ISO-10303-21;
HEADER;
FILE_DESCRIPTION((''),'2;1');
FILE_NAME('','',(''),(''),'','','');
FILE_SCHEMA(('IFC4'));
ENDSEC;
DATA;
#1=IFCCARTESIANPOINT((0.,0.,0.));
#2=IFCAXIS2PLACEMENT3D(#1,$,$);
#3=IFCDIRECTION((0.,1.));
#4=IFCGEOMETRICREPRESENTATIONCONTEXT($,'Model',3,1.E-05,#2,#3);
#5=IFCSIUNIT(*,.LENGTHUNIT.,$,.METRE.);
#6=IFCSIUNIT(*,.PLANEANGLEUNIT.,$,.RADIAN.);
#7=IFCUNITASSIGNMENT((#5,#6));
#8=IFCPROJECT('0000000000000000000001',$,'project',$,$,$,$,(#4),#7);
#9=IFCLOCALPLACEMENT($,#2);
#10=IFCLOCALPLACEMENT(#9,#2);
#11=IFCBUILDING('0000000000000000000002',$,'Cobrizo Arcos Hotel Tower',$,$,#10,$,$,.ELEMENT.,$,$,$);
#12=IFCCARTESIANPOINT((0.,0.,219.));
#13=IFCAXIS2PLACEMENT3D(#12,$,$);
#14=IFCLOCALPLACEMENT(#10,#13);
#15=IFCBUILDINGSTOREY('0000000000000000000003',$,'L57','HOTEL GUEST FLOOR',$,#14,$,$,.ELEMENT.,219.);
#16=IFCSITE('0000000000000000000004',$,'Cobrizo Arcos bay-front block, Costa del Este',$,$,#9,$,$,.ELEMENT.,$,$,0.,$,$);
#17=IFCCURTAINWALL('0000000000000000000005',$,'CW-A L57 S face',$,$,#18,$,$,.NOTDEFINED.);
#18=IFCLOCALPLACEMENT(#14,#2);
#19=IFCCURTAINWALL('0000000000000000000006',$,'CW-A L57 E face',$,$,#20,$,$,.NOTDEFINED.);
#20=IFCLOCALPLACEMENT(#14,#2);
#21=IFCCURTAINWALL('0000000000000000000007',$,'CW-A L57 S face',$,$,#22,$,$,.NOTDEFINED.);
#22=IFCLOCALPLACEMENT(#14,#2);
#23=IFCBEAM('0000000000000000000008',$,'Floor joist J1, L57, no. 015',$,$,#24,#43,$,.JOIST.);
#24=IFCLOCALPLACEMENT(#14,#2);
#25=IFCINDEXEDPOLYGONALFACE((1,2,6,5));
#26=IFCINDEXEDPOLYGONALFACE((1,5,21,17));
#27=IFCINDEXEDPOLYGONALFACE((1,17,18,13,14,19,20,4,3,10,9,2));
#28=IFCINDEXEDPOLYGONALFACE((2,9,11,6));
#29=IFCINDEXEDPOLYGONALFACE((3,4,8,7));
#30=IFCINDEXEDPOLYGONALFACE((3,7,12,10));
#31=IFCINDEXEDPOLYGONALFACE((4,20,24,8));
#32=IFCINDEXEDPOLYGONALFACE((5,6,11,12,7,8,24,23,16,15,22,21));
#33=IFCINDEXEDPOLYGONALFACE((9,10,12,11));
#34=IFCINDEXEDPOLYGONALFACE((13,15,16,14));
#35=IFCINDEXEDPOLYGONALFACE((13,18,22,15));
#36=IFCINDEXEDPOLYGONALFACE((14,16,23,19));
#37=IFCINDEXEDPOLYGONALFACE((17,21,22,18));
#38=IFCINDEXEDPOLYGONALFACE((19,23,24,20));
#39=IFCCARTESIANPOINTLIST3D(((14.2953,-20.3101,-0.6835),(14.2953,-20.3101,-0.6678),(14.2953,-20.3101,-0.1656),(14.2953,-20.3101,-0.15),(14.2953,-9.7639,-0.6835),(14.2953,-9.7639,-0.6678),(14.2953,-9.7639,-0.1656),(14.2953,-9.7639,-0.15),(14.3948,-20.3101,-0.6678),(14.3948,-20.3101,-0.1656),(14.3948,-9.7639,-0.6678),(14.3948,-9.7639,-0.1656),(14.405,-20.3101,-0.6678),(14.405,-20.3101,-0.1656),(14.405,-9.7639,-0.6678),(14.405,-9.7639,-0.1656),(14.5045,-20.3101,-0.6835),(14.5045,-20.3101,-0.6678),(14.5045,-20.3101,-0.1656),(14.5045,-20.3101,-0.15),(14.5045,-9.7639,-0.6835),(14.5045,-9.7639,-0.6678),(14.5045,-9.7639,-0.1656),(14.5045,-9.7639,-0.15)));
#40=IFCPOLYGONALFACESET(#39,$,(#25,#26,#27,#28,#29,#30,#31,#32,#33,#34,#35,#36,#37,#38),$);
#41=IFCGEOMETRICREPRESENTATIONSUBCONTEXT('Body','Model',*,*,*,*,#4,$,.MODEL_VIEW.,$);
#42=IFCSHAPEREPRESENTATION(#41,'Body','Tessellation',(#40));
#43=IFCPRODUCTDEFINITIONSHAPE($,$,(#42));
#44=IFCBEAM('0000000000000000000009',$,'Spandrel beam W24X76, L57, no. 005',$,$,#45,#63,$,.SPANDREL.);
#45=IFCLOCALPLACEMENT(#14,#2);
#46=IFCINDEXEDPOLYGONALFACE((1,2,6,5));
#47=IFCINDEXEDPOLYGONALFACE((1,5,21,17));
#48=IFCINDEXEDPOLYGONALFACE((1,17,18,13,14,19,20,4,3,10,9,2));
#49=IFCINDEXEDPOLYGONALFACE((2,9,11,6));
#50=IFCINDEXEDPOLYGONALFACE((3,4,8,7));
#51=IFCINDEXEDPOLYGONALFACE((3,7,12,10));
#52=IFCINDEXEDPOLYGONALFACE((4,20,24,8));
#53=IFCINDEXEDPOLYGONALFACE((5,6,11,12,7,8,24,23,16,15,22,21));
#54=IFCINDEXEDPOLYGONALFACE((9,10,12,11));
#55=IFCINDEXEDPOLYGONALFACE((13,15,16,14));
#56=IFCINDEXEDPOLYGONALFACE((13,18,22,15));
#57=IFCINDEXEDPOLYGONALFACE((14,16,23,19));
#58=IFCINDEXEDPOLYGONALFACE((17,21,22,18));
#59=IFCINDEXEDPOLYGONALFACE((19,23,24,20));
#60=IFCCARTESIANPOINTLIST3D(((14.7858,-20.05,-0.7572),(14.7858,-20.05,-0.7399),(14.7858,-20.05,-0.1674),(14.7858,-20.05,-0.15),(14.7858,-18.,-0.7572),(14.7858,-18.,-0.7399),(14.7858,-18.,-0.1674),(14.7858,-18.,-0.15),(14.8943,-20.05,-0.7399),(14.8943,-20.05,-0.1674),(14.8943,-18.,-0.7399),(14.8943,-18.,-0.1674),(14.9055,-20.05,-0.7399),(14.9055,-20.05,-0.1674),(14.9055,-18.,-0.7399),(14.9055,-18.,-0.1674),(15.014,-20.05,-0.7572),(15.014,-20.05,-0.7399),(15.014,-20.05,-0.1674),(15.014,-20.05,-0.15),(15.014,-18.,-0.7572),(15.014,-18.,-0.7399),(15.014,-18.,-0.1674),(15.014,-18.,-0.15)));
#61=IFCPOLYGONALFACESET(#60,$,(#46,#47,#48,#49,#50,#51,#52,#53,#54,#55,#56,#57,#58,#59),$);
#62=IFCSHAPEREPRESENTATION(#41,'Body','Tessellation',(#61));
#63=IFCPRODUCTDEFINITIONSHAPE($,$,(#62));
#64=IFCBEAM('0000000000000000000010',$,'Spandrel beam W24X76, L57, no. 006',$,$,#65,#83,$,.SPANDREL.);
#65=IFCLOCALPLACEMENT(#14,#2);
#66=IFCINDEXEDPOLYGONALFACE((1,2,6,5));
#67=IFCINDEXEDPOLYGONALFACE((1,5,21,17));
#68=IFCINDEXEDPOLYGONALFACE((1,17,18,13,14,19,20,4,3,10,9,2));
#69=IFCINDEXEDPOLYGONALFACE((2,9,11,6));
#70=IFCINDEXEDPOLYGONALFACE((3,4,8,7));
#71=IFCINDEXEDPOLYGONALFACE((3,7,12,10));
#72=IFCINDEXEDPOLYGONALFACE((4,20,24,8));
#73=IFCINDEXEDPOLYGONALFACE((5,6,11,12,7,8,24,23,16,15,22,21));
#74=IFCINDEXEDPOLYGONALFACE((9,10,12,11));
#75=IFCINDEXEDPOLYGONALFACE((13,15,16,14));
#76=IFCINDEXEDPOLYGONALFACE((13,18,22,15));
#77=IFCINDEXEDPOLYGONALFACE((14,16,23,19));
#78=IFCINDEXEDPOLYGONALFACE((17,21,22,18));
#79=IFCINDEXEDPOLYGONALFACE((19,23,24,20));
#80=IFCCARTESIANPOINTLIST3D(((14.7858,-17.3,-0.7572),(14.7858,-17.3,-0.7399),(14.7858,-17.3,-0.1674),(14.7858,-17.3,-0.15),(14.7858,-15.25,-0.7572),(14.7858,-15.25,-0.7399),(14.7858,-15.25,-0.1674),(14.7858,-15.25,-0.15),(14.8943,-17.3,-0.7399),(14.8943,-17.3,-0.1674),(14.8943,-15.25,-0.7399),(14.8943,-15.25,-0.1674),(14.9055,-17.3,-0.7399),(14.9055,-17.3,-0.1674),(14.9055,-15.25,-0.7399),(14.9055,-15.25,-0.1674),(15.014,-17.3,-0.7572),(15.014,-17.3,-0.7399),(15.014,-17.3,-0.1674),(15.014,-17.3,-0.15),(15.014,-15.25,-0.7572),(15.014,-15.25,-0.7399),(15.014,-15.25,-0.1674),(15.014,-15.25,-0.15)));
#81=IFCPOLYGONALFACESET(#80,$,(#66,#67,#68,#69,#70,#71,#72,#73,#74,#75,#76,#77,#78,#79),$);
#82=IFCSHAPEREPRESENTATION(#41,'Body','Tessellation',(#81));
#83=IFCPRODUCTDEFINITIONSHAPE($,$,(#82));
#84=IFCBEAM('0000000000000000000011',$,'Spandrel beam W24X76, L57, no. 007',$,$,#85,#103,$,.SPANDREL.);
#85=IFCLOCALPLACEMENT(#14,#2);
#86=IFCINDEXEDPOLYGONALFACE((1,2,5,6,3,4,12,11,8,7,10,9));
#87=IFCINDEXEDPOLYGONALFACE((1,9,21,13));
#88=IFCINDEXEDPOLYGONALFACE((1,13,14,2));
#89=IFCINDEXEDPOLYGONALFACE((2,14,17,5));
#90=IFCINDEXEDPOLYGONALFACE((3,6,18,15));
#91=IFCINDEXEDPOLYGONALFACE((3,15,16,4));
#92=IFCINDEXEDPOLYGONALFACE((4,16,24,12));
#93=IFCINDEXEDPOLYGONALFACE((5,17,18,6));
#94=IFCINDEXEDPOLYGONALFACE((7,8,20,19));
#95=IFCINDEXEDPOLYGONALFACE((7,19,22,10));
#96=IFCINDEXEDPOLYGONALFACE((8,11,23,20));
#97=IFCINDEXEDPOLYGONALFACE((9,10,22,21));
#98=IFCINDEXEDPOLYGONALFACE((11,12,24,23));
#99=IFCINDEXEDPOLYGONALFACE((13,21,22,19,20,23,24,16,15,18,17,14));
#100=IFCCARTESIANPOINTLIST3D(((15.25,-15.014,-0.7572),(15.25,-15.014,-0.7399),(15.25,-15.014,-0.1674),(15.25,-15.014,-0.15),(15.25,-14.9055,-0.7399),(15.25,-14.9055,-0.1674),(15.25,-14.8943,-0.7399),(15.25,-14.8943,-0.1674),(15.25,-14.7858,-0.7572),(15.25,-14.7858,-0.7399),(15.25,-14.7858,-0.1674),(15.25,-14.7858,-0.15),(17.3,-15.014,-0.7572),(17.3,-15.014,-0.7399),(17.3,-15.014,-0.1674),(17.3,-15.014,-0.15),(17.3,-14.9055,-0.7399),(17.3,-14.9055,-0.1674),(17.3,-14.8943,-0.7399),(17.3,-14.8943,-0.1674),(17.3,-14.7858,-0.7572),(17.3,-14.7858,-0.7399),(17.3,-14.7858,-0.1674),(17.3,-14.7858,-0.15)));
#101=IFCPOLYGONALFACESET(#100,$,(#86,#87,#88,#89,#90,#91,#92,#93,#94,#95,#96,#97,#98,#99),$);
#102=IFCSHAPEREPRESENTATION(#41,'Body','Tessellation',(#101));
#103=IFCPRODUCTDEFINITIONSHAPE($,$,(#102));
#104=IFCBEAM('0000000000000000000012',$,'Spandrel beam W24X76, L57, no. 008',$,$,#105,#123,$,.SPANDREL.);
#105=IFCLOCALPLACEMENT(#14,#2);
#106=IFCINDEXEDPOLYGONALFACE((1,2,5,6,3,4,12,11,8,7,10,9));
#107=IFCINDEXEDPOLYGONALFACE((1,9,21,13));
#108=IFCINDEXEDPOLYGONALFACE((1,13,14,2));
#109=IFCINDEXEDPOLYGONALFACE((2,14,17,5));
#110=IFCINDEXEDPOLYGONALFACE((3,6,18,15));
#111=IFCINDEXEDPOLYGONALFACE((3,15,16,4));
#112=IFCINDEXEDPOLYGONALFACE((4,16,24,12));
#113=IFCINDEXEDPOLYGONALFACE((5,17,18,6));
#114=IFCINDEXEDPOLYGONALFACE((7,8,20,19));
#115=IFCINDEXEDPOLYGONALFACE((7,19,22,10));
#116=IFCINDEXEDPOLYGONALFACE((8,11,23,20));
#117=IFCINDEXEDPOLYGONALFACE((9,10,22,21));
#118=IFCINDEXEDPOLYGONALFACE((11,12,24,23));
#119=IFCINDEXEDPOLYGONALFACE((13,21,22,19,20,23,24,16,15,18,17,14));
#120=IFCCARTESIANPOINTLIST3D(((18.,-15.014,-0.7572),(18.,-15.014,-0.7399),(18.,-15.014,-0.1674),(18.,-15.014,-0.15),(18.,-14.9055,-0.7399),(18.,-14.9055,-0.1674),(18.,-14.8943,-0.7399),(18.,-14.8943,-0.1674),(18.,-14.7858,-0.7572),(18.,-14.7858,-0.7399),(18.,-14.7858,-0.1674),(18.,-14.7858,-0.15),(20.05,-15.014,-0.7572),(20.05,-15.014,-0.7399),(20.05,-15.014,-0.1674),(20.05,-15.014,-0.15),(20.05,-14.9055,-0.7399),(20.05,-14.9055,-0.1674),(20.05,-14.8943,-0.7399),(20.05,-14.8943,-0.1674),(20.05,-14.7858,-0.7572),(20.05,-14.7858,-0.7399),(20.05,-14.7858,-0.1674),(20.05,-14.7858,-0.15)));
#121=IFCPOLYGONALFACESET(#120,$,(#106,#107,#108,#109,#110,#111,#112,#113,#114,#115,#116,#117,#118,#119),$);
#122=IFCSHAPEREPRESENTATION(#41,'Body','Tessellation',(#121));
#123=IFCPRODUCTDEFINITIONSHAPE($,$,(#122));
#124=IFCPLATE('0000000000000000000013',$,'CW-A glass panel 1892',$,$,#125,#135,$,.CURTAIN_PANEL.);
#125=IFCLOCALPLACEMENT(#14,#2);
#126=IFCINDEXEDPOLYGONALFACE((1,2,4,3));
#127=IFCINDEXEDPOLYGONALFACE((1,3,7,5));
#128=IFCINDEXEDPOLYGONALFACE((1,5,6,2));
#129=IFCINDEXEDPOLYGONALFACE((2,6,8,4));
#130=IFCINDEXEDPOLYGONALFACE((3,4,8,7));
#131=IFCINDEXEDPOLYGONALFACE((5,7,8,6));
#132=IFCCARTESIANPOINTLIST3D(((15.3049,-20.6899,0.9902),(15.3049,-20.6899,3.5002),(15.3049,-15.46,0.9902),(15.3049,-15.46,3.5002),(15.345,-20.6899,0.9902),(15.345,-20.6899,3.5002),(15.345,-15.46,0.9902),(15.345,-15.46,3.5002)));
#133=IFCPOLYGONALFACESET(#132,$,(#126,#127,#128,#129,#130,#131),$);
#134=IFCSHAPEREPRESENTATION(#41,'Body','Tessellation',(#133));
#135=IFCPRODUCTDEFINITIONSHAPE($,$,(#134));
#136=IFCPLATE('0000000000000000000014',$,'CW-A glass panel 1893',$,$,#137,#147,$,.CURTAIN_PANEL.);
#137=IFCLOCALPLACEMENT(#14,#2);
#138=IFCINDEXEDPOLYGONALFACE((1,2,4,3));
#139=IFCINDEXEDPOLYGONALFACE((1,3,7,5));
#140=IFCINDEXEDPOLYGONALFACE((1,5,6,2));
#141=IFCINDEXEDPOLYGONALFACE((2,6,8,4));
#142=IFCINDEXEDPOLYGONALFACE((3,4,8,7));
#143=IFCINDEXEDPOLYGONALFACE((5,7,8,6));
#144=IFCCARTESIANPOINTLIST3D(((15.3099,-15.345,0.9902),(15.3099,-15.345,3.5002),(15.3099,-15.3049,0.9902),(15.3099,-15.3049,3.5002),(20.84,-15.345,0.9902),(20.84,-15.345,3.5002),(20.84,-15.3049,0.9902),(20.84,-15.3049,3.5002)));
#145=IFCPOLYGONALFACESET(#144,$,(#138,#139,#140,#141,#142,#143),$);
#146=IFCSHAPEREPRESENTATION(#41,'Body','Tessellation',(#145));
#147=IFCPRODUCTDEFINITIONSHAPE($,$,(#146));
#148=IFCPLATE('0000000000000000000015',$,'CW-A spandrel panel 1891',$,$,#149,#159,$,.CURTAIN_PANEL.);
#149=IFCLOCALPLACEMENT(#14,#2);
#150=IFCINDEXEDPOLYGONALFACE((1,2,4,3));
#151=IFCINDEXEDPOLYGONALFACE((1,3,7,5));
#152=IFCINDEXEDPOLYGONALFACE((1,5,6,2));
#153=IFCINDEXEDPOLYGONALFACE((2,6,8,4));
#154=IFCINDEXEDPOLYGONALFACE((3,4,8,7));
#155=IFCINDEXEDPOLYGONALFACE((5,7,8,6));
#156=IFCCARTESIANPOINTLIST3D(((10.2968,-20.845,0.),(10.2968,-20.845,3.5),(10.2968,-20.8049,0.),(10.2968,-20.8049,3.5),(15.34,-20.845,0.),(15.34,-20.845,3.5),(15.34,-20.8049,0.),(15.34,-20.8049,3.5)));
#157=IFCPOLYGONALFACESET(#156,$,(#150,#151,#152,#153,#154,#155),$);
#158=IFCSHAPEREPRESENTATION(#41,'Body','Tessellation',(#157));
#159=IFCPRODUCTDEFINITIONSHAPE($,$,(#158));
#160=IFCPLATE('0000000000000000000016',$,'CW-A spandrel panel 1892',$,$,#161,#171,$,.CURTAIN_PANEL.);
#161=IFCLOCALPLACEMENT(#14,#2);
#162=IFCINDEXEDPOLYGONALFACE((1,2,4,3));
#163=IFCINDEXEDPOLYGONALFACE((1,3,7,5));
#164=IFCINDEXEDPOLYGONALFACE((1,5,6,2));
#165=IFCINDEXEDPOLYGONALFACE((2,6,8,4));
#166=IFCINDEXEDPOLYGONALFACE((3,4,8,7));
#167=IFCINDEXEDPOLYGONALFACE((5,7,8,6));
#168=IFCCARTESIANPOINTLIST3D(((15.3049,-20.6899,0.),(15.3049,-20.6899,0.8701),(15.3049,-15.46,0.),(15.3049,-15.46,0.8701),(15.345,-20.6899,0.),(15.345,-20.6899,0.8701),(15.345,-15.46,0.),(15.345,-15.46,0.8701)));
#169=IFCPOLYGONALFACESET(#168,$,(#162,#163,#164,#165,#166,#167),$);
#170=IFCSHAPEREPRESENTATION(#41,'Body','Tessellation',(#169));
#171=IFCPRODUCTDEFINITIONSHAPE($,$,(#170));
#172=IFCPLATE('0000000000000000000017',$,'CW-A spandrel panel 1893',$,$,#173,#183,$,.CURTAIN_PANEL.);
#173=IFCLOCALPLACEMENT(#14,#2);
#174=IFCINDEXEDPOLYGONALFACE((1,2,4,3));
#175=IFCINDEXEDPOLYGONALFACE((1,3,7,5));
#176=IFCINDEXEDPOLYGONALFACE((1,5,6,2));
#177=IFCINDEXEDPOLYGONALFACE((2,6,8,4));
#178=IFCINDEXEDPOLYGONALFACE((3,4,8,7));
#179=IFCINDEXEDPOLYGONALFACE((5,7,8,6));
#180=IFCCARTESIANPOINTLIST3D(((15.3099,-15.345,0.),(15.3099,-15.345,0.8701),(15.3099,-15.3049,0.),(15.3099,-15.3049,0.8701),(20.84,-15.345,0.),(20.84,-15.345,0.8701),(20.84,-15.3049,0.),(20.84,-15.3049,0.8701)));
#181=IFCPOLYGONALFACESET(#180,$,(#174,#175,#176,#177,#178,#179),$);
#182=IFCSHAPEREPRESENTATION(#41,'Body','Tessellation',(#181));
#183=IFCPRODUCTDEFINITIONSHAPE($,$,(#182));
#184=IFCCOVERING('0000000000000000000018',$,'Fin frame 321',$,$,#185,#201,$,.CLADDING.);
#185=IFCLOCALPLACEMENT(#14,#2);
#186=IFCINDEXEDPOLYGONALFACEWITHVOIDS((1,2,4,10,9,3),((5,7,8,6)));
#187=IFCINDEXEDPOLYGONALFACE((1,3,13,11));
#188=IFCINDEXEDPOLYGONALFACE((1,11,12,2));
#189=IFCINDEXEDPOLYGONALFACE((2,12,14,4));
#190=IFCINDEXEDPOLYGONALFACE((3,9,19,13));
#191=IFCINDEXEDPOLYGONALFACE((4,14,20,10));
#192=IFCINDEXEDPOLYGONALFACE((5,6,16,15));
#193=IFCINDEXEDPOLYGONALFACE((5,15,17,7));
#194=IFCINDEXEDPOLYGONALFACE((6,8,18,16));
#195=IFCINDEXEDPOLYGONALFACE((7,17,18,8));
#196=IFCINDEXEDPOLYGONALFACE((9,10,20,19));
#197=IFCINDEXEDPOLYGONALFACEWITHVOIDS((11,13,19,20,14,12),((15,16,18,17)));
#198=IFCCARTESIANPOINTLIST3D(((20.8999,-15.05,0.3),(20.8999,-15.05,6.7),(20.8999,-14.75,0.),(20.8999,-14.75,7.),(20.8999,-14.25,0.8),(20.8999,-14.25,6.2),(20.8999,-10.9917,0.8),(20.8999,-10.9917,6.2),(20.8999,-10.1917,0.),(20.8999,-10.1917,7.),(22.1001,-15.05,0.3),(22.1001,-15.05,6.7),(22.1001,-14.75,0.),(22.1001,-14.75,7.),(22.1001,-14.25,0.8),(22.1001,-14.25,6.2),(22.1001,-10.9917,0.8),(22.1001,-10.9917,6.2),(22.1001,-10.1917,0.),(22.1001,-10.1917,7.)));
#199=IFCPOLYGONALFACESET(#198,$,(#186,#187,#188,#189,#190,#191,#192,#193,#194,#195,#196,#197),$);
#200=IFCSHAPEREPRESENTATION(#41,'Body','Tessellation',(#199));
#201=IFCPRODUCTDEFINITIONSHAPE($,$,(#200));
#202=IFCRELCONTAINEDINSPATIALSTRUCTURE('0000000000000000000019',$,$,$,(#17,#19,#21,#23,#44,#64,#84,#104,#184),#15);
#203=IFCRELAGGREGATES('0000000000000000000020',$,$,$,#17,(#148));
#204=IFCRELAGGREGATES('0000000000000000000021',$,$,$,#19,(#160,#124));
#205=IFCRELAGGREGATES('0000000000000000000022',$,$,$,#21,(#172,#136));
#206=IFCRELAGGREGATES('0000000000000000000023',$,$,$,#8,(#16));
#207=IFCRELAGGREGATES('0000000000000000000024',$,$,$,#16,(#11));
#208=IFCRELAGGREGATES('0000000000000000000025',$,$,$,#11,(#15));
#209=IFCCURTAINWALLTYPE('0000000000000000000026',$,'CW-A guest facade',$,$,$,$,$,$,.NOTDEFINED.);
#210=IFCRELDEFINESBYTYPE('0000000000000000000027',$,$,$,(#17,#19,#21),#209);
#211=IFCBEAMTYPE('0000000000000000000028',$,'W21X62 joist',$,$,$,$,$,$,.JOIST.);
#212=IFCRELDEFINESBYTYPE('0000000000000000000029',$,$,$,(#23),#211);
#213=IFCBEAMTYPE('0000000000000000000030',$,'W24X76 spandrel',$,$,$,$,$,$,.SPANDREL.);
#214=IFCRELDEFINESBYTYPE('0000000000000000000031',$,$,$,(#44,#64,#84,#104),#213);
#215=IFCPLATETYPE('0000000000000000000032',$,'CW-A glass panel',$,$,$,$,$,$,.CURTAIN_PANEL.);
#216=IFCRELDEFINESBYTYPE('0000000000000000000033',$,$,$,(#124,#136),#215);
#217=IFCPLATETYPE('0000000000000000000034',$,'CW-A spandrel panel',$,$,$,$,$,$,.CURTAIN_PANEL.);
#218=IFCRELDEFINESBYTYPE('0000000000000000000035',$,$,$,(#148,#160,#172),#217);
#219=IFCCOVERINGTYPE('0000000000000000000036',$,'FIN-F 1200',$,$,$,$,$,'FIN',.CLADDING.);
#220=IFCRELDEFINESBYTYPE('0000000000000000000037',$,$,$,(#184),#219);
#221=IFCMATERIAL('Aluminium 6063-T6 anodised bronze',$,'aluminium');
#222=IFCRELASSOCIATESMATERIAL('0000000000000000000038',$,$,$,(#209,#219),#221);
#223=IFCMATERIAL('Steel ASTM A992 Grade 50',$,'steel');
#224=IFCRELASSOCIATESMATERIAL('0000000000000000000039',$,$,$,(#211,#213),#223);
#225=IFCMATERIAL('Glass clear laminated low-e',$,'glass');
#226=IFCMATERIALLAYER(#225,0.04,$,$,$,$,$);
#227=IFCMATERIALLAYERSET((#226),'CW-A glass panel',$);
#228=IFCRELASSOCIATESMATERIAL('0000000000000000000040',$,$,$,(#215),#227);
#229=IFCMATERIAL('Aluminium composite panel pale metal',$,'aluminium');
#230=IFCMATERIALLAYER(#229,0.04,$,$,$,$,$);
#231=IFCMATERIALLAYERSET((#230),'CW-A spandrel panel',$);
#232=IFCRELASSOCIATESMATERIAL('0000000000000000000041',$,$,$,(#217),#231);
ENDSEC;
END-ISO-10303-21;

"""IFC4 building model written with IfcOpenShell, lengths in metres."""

from ifc_helpers import new_model, si_unit, direction, frame, origin, origin_2d, place, context, subcontext, project, spatial, polyline, rectangle, i_section, outline, extrude, material, layer, layer_set, material_profile, profile_set, type_object, element, aggregate, save


model = new_model("IFC4")

# Units and contexts
model_context = context("Model", 3, precision=1e-05, world=origin(), true_north=direction((0.0, 1.0)))
body_context = subcontext(model_context, "Body", "Model", "MODEL_VIEW")
ifc_project = project(units=[si_unit("LENGTHUNIT", "METRE"), si_unit("PLANEANGLEUNIT", "RADIAN")], contexts=[model_context])

# Site, building, storey
site_placement = place(None, origin())
site = spatial("IfcSite", under=ifc_project, at=site_placement, Name="Cobrizo Arcos bay-front block, Costa del Este", CompositionType="ELEMENT", RefElevation=0.0)
building_placement = place(site_placement, origin())
building = spatial("IfcBuilding", under=site, at=building_placement, Name="Cobrizo Arcos Hotel Tower", CompositionType="ELEMENT")
storey_placement = place(building_placement, frame((0.0, 0.0, 219.0)))
storey = spatial("IfcBuildingStorey", under=building, at=storey_placement, Name="L57", Description="HOTEL GUEST FLOOR", CompositionType="ELEMENT", Elevation=219.0)

# Curtain wall
ifc_material_1 = material(Name="Aluminium 6063-T6 anodised bronze", Category="aluminium")
curtain_wall_type = type_object("IfcCurtainWallType", Name="CW-A guest facade", PredefinedType="NOTDEFINED", material=ifc_material_1)
curtain_wall_1_placement = place(storey_placement, origin())
curtain_wall_1 = element("IfcCurtainWall", 1, at=curtain_wall_1_placement, inside=storey, type_object=curtain_wall_type, Name="CW-A L57 S face", PredefinedType="NOTDEFINED")

# Curtain walls
curtain_wall_2_placement = place(storey_placement, origin())
curtain_wall_2 = element("IfcCurtainWall", 2, at=curtain_wall_2_placement, inside=storey, type_object=curtain_wall_type, Name="CW-A L57 E face", PredefinedType="NOTDEFINED")
curtain_wall_3_placement = place(storey_placement, origin())
curtain_wall_3 = element("IfcCurtainWall", 3, at=curtain_wall_3_placement, inside=storey, type_object=curtain_wall_type, Name="CW-A L57 S face", PredefinedType="NOTDEFINED")

# Beams
ifc_material_2 = material(Name="Steel ASTM A992 Grade 50", Category="steel")
ifc_material_profile_1 = material_profile(ifc_material_2, i_section(OverallWidth=0.2092, OverallDepth=0.5334, WebThickness=0.0103, FlangeThickness=0.0156, at=origin_2d()), Name="W21X62")
ifc_profile_set_1 = profile_set([ifc_material_profile_1], Name="Steel ASTM A992 Grade 50")
beam_type_1 = type_object("IfcBeamType", Name="W21X62 joist", PredefinedType="JOIST", material=ifc_profile_set_1)
beam_placement = place(storey_placement, frame((14.3999, -20.3101, -0.4167), z_axis=(0.0, 1.0, 0.0), x_axis=(-1.0, 0.0, 0.0)))
element("IfcBeam", 4, at=beam_placement, inside=storey, type_object=beam_type_1, Name="Floor joist J1, L57, no. 015", PredefinedType="JOIST", context=body_context, shape_type="SweptSolid", body=[
    extrude(i_section(OverallWidth=0.2092, OverallDepth=0.5334, WebThickness=0.0103, FlangeThickness=0.0156, at=origin_2d()), origin(), (0.0, 0.0, 1.0), 10.5461),
])
ifc_material_profile_2 = material_profile(ifc_material_2, i_section(OverallWidth=0.2283, OverallDepth=0.6072, WebThickness=0.0112, FlangeThickness=0.0173, at=origin_2d()), Name="W24X76")
ifc_profile_set_2 = profile_set([ifc_material_profile_2], Name="Steel ASTM A992 Grade 50")
beam_type_2 = type_object("IfcBeamType", Name="W24X76 spandrel", PredefinedType="SPANDREL", material=ifc_profile_set_2)
for number, where, z_axis, x_axis, name in (
    (5, (14.8999, -20.05, -0.4536), (0.0, 1.0, 0.0), (-1.0, 0.0, 0.0), "Spandrel beam W24X76, L57, no. 005"),
    (6, (14.8999, -17.3, -0.4536), (0.0, 1.0, 0.0), (-1.0, 0.0, 0.0), "Spandrel beam W24X76, L57, no. 006"),
    (7, (15.25, -14.8999, -0.4536), (1.0, 0.0, 0.0), (0.0, 1.0, 0.0), "Spandrel beam W24X76, L57, no. 007"),
    (8, (18.0, -14.8999, -0.4536), (1.0, 0.0, 0.0), (0.0, 1.0, 0.0), "Spandrel beam W24X76, L57, no. 008"),
):
    element("IfcBeam", number, at=place(storey_placement, frame(where, z_axis=z_axis, x_axis=x_axis)), inside=storey, type_object=beam_type_2, Name=name, PredefinedType="SPANDREL", context=body_context, shape_type="SweptSolid", body=[
        extrude(i_section(OverallWidth=0.2283, OverallDepth=0.6072, WebThickness=0.0112, FlangeThickness=0.0173, at=origin_2d()), origin(), (0.0, 0.0, 1.0), 2.05),
    ])

# Plates
ifc_material_3 = material(Name="Glass clear laminated low-e", Category="glass")
ifc_layer_1 = layer(ifc_material_3, 0.04)
ifc_layer_set_1 = layer_set([ifc_layer_1], Name="CW-A glass panel")
plate_type_1 = type_object("IfcPlateType", Name="CW-A glass panel", PredefinedType="CURTAIN_PANEL", material=ifc_layer_set_1)
plate_1_placement = place(storey_placement, frame((15.325, -18.075, 0.9902), z_axis=(0.0, 0.0, 1.0), x_axis=(0.0, 1.0, 0.0)))
plate_1 = element("IfcPlate", 9, at=plate_1_placement, type_object=plate_type_1, Name="CW-A glass panel 1892", PredefinedType="CURTAIN_PANEL", context=body_context, shape_type="SweptSolid", body=[
    extrude(rectangle(XDim=5.23, YDim=0.04, at=origin_2d()), origin(), (0.0, 0.0, 1.0), 2.51),
])
plate_2_placement = place(storey_placement, frame((18.075, -15.325, 0.9902), z_axis=(0.0, 0.0, 1.0), x_axis=(1.0, 0.0, 0.0)))
plate_2 = element("IfcPlate", 10, at=plate_2_placement, type_object=plate_type_1, Name="CW-A glass panel 1893", PredefinedType="CURTAIN_PANEL", context=body_context, shape_type="SweptSolid", body=[
    extrude(rectangle(XDim=5.53, YDim=0.04, at=origin_2d()), origin(), (0.0, 0.0, 1.0), 2.51),
])
ifc_material_4 = material(Name="Aluminium composite panel pale metal", Category="aluminium")
ifc_layer_2 = layer(ifc_material_4, 0.04)
ifc_layer_set_2 = layer_set([ifc_layer_2], Name="CW-A spandrel panel")
plate_type_2 = type_object("IfcPlateType", Name="CW-A spandrel panel", PredefinedType="CURTAIN_PANEL", material=ifc_layer_set_2)
plate_3_placement = place(storey_placement, frame((12.8184, -20.825, 0.0), z_axis=(0.0, 0.0, 1.0), x_axis=(1.0, 0.0, 0.0)))
plate_3 = element("IfcPlate", 11, at=plate_3_placement, type_object=plate_type_2, Name="CW-A spandrel panel 1891", PredefinedType="CURTAIN_PANEL", context=body_context, shape_type="SweptSolid", body=[
    extrude(rectangle(XDim=5.0432, YDim=0.04, at=origin_2d()), origin(), (0.0, 0.0, 1.0), 3.5),
])
aggregate(curtain_wall_1, [plate_3])
plate_4_placement = place(storey_placement, frame((15.325, -18.075, 0.0), z_axis=(0.0, 0.0, 1.0), x_axis=(0.0, 1.0, 0.0)))
plate_4 = element("IfcPlate", 12, at=plate_4_placement, type_object=plate_type_2, Name="CW-A spandrel panel 1892", PredefinedType="CURTAIN_PANEL", context=body_context, shape_type="SweptSolid", body=[
    extrude(rectangle(XDim=5.23, YDim=0.04, at=origin_2d()), origin(), (0.0, 0.0, 1.0), 0.8701),
])
aggregate(curtain_wall_2, [plate_4, plate_1])
plate_5_placement = place(storey_placement, frame((18.075, -15.325, 0.0), z_axis=(0.0, 0.0, 1.0), x_axis=(1.0, 0.0, 0.0)))
plate_5 = element("IfcPlate", 13, at=plate_5_placement, type_object=plate_type_2, Name="CW-A spandrel panel 1893", PredefinedType="CURTAIN_PANEL", context=body_context, shape_type="SweptSolid", body=[
    extrude(rectangle(XDim=5.53, YDim=0.04, at=origin_2d()), origin(), (0.0, 0.0, 1.0), 0.8701),
])
aggregate(curtain_wall_3, [plate_5, plate_2])

# Covering
covering_type = type_object("IfcCoveringType", Name="FIN-F 1200", ElementType="FIN", PredefinedType="CLADDING", material=ifc_material_1)
covering_placement = place(storey_placement, frame((20.8999, -15.05, 0.0), z_axis=(1.0, 0.0, 0.0), x_axis=(0.0, 1.0, 0.0)))
element("IfcCovering", 14, at=covering_placement, inside=storey, type_object=covering_type, Name="Fin frame 321", PredefinedType="CLADDING", context=body_context, shape_type="SweptSolid", body=[
    extrude(outline(polyline([(0.0, 0.3), (0.3, 0.0), (4.8584, 0.0), (4.8584, 7.0), (0.3, 7.0), (0.0, 6.7), (0.0, 0.3)]), holes=[polyline([(4.0583, 0.8), (0.8, 0.8), (0.8, 6.2), (4.0583, 6.2), (4.0583, 0.8)])]), origin(), (0.0, 0.0, 1.0), 1.2002),
])

save(model, "model.ifc")
